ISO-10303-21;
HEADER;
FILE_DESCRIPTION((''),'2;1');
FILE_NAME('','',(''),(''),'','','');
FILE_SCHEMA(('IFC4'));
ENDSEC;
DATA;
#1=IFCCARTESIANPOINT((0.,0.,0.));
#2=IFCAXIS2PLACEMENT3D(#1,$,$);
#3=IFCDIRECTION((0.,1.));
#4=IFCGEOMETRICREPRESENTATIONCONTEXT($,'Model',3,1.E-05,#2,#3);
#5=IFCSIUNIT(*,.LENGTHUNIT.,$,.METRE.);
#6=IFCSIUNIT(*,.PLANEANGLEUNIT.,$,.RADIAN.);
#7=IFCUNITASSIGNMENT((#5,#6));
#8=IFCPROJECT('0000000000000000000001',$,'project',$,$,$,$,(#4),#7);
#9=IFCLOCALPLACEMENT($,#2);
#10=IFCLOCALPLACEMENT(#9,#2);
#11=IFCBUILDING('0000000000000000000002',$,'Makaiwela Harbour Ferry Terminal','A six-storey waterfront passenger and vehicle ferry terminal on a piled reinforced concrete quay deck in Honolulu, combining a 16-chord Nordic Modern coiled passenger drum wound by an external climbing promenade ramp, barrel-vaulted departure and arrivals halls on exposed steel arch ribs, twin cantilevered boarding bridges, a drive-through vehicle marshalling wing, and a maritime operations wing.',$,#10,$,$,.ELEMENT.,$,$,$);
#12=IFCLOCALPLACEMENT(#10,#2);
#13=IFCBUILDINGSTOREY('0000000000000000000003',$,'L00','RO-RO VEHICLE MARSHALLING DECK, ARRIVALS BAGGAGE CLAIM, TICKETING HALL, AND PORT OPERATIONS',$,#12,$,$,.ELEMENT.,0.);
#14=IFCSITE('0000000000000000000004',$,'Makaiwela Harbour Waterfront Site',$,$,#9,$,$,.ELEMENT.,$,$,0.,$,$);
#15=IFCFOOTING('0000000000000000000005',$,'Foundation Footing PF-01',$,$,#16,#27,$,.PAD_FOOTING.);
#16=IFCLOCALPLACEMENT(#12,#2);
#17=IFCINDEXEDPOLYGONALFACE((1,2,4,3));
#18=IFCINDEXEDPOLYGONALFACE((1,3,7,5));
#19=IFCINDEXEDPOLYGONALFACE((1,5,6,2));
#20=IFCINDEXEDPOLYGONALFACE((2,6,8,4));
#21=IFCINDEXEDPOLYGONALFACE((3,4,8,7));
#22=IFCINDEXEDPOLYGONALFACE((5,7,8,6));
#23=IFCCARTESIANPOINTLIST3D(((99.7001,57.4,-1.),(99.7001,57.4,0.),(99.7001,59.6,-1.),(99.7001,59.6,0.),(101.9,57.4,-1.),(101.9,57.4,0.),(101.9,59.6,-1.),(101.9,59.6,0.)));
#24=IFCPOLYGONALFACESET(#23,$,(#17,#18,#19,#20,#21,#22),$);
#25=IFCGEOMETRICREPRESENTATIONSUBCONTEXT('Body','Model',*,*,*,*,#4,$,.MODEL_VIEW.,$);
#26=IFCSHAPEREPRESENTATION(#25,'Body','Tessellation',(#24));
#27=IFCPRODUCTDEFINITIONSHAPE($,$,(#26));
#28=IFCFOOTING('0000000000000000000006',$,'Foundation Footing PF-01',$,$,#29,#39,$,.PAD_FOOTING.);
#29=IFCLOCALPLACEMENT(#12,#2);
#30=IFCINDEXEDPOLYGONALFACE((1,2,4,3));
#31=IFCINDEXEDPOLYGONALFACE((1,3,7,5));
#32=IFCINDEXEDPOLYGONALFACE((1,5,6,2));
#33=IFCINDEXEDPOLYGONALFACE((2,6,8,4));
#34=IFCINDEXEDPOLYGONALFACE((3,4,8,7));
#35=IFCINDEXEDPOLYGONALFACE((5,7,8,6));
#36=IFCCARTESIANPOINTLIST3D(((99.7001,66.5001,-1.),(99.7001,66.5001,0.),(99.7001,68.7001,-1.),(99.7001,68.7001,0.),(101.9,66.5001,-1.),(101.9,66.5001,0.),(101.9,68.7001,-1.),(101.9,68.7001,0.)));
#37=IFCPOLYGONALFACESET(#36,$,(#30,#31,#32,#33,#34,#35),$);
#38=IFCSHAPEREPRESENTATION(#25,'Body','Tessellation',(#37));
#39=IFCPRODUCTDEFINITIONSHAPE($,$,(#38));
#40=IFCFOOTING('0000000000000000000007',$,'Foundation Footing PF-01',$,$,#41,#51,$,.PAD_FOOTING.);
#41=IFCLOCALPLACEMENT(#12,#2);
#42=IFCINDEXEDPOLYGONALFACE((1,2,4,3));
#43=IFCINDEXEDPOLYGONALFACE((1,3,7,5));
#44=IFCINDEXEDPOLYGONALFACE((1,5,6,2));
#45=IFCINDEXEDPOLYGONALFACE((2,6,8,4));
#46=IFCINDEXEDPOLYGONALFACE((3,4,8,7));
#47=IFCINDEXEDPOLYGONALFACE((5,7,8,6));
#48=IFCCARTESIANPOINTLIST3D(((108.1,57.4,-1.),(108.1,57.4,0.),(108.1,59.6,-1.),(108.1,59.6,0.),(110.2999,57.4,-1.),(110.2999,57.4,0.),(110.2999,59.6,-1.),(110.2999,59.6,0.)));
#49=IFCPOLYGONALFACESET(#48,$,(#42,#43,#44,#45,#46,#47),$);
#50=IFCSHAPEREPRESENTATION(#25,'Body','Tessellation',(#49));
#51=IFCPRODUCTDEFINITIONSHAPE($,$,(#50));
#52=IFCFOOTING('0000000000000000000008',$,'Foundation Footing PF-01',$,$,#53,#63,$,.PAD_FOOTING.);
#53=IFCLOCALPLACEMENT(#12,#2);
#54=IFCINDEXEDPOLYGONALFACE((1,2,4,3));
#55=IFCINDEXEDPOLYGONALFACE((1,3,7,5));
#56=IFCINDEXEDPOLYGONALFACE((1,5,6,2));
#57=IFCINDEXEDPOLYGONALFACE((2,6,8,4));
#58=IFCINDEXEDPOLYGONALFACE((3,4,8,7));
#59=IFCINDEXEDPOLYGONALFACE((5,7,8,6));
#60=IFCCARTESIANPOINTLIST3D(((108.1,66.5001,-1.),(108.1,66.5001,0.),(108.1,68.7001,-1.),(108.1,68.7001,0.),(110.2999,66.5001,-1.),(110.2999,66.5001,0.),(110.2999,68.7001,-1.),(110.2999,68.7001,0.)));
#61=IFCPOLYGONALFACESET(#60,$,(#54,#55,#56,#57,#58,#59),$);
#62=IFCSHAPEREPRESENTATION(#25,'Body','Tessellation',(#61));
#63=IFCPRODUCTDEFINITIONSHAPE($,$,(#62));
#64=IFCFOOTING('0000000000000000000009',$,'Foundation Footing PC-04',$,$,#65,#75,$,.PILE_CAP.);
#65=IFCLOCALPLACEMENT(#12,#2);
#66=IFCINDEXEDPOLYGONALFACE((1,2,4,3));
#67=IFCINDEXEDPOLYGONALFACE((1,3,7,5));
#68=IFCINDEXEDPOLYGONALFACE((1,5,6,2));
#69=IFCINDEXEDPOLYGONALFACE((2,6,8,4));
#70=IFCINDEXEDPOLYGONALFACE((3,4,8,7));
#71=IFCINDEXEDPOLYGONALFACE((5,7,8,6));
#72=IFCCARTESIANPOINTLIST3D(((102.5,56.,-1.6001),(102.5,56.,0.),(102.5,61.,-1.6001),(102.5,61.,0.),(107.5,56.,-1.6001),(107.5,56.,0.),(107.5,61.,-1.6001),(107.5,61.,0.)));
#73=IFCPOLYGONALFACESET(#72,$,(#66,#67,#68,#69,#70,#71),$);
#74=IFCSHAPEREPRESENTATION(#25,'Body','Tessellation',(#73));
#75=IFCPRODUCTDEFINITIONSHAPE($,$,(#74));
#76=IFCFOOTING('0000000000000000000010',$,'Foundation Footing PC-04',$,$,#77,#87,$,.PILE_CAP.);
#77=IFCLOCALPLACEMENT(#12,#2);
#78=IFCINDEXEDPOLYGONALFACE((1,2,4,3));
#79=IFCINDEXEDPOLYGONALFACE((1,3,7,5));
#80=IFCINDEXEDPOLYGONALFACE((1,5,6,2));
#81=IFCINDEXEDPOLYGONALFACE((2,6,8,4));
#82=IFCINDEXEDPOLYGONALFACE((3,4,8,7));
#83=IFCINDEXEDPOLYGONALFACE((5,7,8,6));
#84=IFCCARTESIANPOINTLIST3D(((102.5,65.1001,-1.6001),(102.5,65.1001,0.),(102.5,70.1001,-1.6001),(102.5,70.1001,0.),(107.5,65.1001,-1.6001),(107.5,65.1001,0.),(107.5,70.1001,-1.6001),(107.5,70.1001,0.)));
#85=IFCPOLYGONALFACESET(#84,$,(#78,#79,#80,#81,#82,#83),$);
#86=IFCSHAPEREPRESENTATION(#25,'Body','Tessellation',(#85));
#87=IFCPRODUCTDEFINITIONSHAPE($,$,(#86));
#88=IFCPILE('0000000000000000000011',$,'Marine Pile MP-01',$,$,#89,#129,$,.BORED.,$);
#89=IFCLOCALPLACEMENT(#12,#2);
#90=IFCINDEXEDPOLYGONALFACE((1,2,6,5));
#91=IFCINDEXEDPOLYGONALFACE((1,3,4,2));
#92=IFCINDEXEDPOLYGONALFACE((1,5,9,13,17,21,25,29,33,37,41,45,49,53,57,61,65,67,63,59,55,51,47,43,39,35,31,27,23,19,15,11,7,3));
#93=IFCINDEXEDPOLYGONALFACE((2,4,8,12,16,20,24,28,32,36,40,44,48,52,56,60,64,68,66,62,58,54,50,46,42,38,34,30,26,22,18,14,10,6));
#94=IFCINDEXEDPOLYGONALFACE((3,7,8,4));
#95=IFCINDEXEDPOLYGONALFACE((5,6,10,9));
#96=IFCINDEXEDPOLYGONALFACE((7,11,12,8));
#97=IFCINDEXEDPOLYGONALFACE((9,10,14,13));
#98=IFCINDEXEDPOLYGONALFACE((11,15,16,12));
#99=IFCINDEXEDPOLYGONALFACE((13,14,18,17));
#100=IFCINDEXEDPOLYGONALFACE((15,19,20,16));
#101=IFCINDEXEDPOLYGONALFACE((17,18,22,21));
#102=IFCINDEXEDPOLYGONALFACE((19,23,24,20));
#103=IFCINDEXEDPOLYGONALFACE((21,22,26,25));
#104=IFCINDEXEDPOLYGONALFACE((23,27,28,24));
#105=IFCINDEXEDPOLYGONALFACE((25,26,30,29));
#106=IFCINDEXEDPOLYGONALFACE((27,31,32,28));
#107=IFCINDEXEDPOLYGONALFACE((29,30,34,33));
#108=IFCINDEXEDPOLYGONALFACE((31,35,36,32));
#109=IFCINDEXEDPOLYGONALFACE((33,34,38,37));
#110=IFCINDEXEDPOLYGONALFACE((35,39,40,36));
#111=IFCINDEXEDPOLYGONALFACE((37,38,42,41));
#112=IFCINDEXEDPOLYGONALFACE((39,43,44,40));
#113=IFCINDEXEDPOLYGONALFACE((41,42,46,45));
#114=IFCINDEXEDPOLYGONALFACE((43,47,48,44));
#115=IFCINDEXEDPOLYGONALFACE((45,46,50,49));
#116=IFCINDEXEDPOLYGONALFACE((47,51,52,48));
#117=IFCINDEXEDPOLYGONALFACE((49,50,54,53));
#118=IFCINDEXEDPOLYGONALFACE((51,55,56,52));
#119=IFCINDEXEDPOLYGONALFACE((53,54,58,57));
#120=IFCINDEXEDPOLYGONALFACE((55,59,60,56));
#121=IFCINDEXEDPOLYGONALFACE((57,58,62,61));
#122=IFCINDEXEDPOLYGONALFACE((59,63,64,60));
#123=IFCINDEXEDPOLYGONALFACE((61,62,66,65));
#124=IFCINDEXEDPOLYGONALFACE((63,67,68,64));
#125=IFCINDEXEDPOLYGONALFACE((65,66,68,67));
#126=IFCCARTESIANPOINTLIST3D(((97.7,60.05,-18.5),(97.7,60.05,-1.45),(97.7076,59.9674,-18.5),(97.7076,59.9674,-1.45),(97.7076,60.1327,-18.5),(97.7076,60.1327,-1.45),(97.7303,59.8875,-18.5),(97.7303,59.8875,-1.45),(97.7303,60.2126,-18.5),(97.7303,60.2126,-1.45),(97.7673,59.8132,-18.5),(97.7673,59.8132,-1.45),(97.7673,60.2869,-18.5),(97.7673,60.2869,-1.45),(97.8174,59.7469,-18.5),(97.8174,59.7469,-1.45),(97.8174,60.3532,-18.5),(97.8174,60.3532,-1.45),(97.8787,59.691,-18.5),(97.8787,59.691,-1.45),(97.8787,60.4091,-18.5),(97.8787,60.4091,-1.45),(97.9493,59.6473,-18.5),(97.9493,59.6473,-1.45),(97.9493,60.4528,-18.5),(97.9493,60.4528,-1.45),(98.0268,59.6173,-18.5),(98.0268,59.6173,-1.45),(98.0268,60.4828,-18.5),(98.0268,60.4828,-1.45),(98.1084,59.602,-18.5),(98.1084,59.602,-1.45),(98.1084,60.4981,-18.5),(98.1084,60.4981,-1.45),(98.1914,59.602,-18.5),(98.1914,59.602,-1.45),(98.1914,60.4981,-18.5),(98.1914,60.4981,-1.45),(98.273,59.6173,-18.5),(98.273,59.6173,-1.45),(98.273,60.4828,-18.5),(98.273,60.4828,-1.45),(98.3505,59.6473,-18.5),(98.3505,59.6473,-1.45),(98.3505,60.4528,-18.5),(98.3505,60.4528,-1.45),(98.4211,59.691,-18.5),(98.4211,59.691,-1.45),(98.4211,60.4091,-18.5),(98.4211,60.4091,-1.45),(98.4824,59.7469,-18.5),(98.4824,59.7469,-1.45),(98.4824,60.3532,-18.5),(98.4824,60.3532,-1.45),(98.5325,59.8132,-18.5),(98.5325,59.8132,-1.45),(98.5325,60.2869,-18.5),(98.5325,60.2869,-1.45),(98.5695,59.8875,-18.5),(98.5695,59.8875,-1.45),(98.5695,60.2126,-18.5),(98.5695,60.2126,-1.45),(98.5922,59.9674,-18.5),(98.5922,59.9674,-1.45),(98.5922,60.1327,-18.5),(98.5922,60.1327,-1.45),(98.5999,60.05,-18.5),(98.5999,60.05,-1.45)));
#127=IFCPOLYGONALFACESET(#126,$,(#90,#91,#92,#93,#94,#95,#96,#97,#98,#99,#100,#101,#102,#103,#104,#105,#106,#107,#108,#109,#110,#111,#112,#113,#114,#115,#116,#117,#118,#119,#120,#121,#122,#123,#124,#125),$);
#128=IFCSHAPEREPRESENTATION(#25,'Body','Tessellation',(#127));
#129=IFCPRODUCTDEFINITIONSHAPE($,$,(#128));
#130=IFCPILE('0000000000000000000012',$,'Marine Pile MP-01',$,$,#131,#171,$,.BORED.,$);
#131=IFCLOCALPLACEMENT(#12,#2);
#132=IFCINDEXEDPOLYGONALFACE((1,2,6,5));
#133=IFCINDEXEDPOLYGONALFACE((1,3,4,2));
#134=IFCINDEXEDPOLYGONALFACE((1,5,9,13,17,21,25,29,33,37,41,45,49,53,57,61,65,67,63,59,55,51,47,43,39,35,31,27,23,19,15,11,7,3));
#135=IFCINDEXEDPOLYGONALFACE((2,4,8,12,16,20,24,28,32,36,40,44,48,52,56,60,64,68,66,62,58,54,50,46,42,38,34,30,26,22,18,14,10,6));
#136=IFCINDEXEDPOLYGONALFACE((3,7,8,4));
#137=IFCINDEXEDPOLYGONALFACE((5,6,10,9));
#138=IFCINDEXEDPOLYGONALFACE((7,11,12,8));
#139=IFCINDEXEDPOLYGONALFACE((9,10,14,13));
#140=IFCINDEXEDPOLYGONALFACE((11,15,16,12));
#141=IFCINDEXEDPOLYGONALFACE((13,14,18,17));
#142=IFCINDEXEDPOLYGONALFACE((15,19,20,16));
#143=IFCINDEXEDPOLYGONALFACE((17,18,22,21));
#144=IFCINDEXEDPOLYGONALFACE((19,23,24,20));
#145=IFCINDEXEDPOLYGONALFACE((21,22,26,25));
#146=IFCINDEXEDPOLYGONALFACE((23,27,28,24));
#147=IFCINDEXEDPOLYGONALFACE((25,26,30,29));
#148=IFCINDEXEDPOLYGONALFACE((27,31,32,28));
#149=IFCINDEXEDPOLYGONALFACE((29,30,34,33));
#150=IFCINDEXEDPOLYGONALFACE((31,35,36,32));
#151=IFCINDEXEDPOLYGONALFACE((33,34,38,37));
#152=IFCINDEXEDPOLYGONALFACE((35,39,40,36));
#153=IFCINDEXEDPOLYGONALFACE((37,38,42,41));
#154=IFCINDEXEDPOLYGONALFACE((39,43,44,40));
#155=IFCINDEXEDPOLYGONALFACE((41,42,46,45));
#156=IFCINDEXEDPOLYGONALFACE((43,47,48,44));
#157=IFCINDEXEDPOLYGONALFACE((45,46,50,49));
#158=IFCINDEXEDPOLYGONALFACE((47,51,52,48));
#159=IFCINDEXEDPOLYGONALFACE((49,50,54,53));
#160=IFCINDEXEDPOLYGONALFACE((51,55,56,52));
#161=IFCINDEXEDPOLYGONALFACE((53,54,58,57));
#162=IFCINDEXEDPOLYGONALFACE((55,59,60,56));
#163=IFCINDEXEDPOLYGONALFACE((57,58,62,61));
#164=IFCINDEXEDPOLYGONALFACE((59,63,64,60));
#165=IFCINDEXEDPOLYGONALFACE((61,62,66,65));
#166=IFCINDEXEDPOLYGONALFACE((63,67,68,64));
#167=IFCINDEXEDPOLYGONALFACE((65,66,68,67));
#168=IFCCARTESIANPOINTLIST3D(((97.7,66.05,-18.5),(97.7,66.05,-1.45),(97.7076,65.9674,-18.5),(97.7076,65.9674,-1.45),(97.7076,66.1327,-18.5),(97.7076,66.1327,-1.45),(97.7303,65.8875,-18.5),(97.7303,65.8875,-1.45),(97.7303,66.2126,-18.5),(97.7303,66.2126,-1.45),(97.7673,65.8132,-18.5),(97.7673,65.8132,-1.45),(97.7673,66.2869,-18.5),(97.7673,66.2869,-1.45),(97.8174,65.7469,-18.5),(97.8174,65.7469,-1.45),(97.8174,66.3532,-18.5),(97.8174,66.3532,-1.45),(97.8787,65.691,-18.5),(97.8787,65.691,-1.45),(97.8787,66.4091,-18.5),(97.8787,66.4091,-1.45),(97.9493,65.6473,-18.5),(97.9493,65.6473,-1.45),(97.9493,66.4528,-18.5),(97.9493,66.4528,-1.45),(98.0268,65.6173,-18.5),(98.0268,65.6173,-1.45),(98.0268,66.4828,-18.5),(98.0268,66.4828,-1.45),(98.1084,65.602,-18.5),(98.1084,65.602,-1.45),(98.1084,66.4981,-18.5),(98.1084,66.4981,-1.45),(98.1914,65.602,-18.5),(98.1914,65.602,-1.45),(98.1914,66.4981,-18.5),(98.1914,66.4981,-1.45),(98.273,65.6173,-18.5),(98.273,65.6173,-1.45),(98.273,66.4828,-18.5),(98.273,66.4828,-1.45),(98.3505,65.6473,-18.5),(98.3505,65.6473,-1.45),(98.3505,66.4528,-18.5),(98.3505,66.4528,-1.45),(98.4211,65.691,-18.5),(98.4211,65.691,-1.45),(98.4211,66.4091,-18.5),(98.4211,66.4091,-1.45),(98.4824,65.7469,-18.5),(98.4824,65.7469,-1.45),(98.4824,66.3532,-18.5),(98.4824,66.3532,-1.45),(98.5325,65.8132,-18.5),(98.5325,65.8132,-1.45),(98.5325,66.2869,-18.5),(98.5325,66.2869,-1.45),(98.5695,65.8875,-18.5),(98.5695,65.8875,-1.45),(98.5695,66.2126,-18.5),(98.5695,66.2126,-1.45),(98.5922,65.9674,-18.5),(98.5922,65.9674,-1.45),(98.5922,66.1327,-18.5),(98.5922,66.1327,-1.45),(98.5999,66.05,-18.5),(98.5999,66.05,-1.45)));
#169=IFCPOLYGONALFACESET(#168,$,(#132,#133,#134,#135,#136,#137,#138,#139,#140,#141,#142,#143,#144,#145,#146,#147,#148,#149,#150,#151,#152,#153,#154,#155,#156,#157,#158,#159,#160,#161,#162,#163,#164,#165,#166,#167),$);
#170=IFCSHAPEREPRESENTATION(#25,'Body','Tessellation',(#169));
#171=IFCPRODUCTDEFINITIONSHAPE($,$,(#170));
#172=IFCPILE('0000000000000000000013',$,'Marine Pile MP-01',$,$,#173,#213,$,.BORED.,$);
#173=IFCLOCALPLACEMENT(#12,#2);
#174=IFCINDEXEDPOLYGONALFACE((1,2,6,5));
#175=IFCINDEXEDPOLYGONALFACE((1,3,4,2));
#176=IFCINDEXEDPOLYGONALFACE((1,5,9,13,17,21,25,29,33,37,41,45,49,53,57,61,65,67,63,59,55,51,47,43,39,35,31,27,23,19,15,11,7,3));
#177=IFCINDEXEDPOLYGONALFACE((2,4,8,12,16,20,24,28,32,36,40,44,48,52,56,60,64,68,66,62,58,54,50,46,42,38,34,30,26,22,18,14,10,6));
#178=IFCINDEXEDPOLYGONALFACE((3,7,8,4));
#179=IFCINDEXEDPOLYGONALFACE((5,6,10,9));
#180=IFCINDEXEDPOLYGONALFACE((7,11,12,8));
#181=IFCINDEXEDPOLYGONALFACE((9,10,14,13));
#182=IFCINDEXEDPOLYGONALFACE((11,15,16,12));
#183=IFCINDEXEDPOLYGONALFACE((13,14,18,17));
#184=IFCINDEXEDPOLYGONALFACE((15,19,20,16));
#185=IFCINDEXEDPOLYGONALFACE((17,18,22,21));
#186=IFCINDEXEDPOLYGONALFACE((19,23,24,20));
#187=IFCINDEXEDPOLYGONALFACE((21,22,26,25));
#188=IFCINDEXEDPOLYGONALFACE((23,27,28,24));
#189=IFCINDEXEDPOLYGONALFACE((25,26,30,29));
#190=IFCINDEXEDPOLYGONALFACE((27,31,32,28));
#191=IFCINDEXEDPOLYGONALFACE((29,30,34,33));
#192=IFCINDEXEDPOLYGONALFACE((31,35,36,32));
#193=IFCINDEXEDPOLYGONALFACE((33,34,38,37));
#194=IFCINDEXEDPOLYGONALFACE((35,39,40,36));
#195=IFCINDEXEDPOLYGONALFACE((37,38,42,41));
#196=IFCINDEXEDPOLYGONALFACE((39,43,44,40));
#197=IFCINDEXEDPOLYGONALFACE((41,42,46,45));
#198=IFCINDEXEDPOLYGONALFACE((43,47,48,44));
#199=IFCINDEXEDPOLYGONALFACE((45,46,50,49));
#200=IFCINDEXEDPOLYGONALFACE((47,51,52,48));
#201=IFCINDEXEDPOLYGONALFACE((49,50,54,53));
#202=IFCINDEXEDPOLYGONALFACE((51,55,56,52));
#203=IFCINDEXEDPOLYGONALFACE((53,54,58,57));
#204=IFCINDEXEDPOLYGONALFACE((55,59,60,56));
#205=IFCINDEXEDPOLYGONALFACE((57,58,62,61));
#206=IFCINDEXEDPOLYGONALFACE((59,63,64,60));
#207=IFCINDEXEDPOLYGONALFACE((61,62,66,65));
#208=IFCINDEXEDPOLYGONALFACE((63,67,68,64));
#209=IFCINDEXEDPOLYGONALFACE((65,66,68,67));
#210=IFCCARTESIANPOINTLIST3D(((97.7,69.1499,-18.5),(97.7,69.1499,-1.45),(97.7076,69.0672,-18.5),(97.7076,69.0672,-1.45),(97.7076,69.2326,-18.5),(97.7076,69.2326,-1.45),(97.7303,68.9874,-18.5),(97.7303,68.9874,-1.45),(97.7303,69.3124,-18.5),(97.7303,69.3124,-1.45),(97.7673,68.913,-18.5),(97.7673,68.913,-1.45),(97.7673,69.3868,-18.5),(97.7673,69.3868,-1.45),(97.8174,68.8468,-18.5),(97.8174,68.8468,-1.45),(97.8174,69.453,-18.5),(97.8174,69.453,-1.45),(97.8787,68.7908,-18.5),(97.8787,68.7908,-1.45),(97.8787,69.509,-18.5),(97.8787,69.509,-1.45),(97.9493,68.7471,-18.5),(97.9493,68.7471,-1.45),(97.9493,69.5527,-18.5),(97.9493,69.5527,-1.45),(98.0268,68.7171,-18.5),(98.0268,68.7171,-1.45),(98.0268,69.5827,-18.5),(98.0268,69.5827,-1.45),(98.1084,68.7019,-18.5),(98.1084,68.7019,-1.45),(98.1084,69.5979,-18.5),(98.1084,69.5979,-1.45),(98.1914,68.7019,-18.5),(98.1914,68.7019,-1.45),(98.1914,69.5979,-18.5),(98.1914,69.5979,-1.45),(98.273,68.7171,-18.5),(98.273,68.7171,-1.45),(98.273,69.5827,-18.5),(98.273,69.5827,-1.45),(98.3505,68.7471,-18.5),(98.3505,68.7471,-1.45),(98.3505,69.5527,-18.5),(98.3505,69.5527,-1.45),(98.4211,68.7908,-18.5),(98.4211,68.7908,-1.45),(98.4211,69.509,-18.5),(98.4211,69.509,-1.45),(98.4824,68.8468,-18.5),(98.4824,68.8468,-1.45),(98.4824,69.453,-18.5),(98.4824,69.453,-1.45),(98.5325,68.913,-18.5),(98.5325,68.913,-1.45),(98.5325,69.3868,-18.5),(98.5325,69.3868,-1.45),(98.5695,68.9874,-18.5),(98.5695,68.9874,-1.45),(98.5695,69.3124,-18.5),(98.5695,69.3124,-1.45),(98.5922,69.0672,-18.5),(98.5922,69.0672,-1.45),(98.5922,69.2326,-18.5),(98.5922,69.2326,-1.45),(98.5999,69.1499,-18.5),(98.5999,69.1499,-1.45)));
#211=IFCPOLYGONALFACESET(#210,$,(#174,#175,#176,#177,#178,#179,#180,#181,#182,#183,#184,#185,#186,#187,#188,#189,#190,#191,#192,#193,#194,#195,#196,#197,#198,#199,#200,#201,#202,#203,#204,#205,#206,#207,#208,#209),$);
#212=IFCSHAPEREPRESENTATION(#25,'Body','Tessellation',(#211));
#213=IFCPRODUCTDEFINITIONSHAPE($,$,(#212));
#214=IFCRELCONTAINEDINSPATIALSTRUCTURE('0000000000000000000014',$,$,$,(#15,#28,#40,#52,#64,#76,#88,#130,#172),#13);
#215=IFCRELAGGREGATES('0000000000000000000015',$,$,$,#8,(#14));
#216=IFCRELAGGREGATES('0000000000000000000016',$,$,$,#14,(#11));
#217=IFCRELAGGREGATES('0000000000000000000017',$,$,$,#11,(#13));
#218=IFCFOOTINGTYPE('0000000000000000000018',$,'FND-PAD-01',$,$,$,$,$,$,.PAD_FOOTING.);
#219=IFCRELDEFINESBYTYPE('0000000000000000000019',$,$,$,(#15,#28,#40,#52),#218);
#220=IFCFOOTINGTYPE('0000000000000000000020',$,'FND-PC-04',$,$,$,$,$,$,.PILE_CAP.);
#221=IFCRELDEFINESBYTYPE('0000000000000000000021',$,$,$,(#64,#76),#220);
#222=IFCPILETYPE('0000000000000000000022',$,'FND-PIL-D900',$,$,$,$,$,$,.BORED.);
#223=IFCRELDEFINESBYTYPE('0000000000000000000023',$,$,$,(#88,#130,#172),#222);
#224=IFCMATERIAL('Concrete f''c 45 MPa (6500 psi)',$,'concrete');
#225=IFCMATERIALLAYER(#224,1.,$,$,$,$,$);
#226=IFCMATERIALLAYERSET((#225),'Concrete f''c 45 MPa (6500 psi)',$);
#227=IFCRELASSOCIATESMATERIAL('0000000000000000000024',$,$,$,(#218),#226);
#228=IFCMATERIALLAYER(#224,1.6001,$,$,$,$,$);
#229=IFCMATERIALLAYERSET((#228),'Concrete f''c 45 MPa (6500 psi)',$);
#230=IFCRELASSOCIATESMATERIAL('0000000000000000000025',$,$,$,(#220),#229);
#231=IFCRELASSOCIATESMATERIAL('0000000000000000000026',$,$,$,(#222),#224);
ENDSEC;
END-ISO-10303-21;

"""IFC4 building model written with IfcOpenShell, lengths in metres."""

from ifc_helpers import new_model, si_unit, direction, frame, origin, origin_2d, place, context, subcontext, project, spatial, rectangle, circle, extrude, material, layer, layer_set, material_profile, profile_set, type_object, element, save


model = new_model("IFC4")

# Units and contexts
model_context = context("Model", 3, precision=1e-05, world=origin(), true_north=direction((0.0, 1.0)))
body_context = subcontext(model_context, "Body", "Model", "MODEL_VIEW")
ifc_project = project(units=[si_unit("LENGTHUNIT", "METRE"), si_unit("PLANEANGLEUNIT", "RADIAN")], contexts=[model_context])

# Site, building, storey
site_placement = place(None, origin())
site = spatial("IfcSite", under=ifc_project, at=site_placement, Name="Makaiwela Harbour Waterfront Site", CompositionType="ELEMENT", RefElevation=0.0)
building_placement = place(site_placement, origin())
building = spatial("IfcBuilding", under=site, at=building_placement, Name="Makaiwela Harbour Ferry Terminal", Description="A six-storey waterfront passenger and vehicle ferry terminal on a piled reinforced concrete quay deck in Honolulu, combining a 16-chord Nordic Modern coiled passenger drum wound by an external climbing promenade ramp, barrel-vaulted departure and arrivals halls on exposed steel arch ribs, twin cantilevered boarding bridges, a drive-through vehicle marshalling wing, and a maritime operations wing.", CompositionType="ELEMENT")
storey_placement = place(building_placement, origin())
storey = spatial("IfcBuildingStorey", under=building, at=storey_placement, Name="L00", Description="RO-RO VEHICLE MARSHALLING DECK, ARRIVALS BAGGAGE CLAIM, TICKETING HALL, AND PORT OPERATIONS", CompositionType="ELEMENT", Elevation=0.0)

# Footings
ifc_material_1 = material(Name="Concrete f'c 45 MPa (6500 psi)", Category="concrete")
ifc_layer_1 = layer(ifc_material_1, 1.0)
ifc_layer_set_1 = layer_set([ifc_layer_1], Name="Concrete f'c 45 MPa (6500 psi)")
footing_type_1 = type_object("IfcFootingType", Name="FND-PAD-01", PredefinedType="PAD_FOOTING", material=ifc_layer_set_1)
for number, where, z_axis, x_axis, name in (
    (1, (100.8, 58.5, -1.0), (0.0, 0.0, 1.0), (1.0, 0.0, 0.0), "Foundation Footing PF-01"),
    (2, (100.8, 67.6001, -1.0), (0.0, 0.0, 1.0), (1.0, 0.0, 0.0), "Foundation Footing PF-01"),
    (3, (109.2, 58.5, -1.0), (0.0, 0.0, 1.0), (1.0, 0.0, 0.0), "Foundation Footing PF-01"),
    (4, (109.2, 67.6001, -1.0), (0.0, 0.0, 1.0), (1.0, 0.0, 0.0), "Foundation Footing PF-01"),
):
    element("IfcFooting", number, at=place(storey_placement, frame(where, z_axis=z_axis, x_axis=x_axis)), inside=storey, type_object=footing_type_1, Name=name, PredefinedType="PAD_FOOTING", context=body_context, shape_type="SweptSolid", body=[
        extrude(rectangle(XDim=2.2, YDim=2.2, at=origin_2d()), origin(), (0.0, 0.0, 1.0), 1.0),
    ])
ifc_layer_2 = layer(ifc_material_1, 1.6001)
ifc_layer_set_2 = layer_set([ifc_layer_2], Name="Concrete f'c 45 MPa (6500 psi)")
footing_type_2 = type_object("IfcFootingType", Name="FND-PC-04", PredefinedType="PILE_CAP", material=ifc_layer_set_2)
for number, where, z_axis, x_axis, name in (
    (5, (105.0, 58.5, -1.6001), (0.0, 0.0, 1.0), (1.0, 0.0, 0.0), "Foundation Footing PC-04"),
    (6, (105.0, 67.6001, -1.6001), (0.0, 0.0, 1.0), (1.0, 0.0, 0.0), "Foundation Footing PC-04"),
):
    element("IfcFooting", number, at=place(storey_placement, frame(where, z_axis=z_axis, x_axis=x_axis)), inside=storey, type_object=footing_type_2, Name=name, PredefinedType="PILE_CAP", context=body_context, shape_type="SweptSolid", body=[
        extrude(rectangle(XDim=5.0, YDim=5.0, at=origin_2d()), origin(), (0.0, 0.0, 1.0), 1.6001),
    ])

# Piles
ifc_material_profile_1 = material_profile(ifc_material_1, circle(Radius=0.45, at=origin_2d()), Name="PILE-D900")
ifc_profile_set_1 = profile_set([ifc_material_profile_1], Name="Concrete f'c 45 MPa (6500 psi)")
pile_type = type_object("IfcPileType", Name="FND-PIL-D900", PredefinedType="BORED", material=ifc_profile_set_1)
for number, where, z_axis, x_axis, name in (
    (7, (98.1499, 60.05, -1.45), (0.0, 0.0, -1.0), (1.0, 0.0, 0.0), "Marine Pile MP-01"),
    (8, (98.1499, 66.05, -1.45), (0.0, 0.0, -1.0), (1.0, 0.0, 0.0), "Marine Pile MP-01"),
    (9, (98.1499, 69.1499, -1.45), (0.0, 0.0, -1.0), (1.0, 0.0, 0.0), "Marine Pile MP-01"),
):
    element("IfcPile", number, at=place(storey_placement, frame(where, z_axis=z_axis, x_axis=x_axis)), inside=storey, type_object=pile_type, Name=name, PredefinedType="BORED", context=body_context, shape_type="SweptSolid", body=[
        extrude(circle(Radius=0.45, at=origin_2d()), origin(), (0.0, 0.0, 1.0), 17.05),
    ])

save(model, "model.ifc")
